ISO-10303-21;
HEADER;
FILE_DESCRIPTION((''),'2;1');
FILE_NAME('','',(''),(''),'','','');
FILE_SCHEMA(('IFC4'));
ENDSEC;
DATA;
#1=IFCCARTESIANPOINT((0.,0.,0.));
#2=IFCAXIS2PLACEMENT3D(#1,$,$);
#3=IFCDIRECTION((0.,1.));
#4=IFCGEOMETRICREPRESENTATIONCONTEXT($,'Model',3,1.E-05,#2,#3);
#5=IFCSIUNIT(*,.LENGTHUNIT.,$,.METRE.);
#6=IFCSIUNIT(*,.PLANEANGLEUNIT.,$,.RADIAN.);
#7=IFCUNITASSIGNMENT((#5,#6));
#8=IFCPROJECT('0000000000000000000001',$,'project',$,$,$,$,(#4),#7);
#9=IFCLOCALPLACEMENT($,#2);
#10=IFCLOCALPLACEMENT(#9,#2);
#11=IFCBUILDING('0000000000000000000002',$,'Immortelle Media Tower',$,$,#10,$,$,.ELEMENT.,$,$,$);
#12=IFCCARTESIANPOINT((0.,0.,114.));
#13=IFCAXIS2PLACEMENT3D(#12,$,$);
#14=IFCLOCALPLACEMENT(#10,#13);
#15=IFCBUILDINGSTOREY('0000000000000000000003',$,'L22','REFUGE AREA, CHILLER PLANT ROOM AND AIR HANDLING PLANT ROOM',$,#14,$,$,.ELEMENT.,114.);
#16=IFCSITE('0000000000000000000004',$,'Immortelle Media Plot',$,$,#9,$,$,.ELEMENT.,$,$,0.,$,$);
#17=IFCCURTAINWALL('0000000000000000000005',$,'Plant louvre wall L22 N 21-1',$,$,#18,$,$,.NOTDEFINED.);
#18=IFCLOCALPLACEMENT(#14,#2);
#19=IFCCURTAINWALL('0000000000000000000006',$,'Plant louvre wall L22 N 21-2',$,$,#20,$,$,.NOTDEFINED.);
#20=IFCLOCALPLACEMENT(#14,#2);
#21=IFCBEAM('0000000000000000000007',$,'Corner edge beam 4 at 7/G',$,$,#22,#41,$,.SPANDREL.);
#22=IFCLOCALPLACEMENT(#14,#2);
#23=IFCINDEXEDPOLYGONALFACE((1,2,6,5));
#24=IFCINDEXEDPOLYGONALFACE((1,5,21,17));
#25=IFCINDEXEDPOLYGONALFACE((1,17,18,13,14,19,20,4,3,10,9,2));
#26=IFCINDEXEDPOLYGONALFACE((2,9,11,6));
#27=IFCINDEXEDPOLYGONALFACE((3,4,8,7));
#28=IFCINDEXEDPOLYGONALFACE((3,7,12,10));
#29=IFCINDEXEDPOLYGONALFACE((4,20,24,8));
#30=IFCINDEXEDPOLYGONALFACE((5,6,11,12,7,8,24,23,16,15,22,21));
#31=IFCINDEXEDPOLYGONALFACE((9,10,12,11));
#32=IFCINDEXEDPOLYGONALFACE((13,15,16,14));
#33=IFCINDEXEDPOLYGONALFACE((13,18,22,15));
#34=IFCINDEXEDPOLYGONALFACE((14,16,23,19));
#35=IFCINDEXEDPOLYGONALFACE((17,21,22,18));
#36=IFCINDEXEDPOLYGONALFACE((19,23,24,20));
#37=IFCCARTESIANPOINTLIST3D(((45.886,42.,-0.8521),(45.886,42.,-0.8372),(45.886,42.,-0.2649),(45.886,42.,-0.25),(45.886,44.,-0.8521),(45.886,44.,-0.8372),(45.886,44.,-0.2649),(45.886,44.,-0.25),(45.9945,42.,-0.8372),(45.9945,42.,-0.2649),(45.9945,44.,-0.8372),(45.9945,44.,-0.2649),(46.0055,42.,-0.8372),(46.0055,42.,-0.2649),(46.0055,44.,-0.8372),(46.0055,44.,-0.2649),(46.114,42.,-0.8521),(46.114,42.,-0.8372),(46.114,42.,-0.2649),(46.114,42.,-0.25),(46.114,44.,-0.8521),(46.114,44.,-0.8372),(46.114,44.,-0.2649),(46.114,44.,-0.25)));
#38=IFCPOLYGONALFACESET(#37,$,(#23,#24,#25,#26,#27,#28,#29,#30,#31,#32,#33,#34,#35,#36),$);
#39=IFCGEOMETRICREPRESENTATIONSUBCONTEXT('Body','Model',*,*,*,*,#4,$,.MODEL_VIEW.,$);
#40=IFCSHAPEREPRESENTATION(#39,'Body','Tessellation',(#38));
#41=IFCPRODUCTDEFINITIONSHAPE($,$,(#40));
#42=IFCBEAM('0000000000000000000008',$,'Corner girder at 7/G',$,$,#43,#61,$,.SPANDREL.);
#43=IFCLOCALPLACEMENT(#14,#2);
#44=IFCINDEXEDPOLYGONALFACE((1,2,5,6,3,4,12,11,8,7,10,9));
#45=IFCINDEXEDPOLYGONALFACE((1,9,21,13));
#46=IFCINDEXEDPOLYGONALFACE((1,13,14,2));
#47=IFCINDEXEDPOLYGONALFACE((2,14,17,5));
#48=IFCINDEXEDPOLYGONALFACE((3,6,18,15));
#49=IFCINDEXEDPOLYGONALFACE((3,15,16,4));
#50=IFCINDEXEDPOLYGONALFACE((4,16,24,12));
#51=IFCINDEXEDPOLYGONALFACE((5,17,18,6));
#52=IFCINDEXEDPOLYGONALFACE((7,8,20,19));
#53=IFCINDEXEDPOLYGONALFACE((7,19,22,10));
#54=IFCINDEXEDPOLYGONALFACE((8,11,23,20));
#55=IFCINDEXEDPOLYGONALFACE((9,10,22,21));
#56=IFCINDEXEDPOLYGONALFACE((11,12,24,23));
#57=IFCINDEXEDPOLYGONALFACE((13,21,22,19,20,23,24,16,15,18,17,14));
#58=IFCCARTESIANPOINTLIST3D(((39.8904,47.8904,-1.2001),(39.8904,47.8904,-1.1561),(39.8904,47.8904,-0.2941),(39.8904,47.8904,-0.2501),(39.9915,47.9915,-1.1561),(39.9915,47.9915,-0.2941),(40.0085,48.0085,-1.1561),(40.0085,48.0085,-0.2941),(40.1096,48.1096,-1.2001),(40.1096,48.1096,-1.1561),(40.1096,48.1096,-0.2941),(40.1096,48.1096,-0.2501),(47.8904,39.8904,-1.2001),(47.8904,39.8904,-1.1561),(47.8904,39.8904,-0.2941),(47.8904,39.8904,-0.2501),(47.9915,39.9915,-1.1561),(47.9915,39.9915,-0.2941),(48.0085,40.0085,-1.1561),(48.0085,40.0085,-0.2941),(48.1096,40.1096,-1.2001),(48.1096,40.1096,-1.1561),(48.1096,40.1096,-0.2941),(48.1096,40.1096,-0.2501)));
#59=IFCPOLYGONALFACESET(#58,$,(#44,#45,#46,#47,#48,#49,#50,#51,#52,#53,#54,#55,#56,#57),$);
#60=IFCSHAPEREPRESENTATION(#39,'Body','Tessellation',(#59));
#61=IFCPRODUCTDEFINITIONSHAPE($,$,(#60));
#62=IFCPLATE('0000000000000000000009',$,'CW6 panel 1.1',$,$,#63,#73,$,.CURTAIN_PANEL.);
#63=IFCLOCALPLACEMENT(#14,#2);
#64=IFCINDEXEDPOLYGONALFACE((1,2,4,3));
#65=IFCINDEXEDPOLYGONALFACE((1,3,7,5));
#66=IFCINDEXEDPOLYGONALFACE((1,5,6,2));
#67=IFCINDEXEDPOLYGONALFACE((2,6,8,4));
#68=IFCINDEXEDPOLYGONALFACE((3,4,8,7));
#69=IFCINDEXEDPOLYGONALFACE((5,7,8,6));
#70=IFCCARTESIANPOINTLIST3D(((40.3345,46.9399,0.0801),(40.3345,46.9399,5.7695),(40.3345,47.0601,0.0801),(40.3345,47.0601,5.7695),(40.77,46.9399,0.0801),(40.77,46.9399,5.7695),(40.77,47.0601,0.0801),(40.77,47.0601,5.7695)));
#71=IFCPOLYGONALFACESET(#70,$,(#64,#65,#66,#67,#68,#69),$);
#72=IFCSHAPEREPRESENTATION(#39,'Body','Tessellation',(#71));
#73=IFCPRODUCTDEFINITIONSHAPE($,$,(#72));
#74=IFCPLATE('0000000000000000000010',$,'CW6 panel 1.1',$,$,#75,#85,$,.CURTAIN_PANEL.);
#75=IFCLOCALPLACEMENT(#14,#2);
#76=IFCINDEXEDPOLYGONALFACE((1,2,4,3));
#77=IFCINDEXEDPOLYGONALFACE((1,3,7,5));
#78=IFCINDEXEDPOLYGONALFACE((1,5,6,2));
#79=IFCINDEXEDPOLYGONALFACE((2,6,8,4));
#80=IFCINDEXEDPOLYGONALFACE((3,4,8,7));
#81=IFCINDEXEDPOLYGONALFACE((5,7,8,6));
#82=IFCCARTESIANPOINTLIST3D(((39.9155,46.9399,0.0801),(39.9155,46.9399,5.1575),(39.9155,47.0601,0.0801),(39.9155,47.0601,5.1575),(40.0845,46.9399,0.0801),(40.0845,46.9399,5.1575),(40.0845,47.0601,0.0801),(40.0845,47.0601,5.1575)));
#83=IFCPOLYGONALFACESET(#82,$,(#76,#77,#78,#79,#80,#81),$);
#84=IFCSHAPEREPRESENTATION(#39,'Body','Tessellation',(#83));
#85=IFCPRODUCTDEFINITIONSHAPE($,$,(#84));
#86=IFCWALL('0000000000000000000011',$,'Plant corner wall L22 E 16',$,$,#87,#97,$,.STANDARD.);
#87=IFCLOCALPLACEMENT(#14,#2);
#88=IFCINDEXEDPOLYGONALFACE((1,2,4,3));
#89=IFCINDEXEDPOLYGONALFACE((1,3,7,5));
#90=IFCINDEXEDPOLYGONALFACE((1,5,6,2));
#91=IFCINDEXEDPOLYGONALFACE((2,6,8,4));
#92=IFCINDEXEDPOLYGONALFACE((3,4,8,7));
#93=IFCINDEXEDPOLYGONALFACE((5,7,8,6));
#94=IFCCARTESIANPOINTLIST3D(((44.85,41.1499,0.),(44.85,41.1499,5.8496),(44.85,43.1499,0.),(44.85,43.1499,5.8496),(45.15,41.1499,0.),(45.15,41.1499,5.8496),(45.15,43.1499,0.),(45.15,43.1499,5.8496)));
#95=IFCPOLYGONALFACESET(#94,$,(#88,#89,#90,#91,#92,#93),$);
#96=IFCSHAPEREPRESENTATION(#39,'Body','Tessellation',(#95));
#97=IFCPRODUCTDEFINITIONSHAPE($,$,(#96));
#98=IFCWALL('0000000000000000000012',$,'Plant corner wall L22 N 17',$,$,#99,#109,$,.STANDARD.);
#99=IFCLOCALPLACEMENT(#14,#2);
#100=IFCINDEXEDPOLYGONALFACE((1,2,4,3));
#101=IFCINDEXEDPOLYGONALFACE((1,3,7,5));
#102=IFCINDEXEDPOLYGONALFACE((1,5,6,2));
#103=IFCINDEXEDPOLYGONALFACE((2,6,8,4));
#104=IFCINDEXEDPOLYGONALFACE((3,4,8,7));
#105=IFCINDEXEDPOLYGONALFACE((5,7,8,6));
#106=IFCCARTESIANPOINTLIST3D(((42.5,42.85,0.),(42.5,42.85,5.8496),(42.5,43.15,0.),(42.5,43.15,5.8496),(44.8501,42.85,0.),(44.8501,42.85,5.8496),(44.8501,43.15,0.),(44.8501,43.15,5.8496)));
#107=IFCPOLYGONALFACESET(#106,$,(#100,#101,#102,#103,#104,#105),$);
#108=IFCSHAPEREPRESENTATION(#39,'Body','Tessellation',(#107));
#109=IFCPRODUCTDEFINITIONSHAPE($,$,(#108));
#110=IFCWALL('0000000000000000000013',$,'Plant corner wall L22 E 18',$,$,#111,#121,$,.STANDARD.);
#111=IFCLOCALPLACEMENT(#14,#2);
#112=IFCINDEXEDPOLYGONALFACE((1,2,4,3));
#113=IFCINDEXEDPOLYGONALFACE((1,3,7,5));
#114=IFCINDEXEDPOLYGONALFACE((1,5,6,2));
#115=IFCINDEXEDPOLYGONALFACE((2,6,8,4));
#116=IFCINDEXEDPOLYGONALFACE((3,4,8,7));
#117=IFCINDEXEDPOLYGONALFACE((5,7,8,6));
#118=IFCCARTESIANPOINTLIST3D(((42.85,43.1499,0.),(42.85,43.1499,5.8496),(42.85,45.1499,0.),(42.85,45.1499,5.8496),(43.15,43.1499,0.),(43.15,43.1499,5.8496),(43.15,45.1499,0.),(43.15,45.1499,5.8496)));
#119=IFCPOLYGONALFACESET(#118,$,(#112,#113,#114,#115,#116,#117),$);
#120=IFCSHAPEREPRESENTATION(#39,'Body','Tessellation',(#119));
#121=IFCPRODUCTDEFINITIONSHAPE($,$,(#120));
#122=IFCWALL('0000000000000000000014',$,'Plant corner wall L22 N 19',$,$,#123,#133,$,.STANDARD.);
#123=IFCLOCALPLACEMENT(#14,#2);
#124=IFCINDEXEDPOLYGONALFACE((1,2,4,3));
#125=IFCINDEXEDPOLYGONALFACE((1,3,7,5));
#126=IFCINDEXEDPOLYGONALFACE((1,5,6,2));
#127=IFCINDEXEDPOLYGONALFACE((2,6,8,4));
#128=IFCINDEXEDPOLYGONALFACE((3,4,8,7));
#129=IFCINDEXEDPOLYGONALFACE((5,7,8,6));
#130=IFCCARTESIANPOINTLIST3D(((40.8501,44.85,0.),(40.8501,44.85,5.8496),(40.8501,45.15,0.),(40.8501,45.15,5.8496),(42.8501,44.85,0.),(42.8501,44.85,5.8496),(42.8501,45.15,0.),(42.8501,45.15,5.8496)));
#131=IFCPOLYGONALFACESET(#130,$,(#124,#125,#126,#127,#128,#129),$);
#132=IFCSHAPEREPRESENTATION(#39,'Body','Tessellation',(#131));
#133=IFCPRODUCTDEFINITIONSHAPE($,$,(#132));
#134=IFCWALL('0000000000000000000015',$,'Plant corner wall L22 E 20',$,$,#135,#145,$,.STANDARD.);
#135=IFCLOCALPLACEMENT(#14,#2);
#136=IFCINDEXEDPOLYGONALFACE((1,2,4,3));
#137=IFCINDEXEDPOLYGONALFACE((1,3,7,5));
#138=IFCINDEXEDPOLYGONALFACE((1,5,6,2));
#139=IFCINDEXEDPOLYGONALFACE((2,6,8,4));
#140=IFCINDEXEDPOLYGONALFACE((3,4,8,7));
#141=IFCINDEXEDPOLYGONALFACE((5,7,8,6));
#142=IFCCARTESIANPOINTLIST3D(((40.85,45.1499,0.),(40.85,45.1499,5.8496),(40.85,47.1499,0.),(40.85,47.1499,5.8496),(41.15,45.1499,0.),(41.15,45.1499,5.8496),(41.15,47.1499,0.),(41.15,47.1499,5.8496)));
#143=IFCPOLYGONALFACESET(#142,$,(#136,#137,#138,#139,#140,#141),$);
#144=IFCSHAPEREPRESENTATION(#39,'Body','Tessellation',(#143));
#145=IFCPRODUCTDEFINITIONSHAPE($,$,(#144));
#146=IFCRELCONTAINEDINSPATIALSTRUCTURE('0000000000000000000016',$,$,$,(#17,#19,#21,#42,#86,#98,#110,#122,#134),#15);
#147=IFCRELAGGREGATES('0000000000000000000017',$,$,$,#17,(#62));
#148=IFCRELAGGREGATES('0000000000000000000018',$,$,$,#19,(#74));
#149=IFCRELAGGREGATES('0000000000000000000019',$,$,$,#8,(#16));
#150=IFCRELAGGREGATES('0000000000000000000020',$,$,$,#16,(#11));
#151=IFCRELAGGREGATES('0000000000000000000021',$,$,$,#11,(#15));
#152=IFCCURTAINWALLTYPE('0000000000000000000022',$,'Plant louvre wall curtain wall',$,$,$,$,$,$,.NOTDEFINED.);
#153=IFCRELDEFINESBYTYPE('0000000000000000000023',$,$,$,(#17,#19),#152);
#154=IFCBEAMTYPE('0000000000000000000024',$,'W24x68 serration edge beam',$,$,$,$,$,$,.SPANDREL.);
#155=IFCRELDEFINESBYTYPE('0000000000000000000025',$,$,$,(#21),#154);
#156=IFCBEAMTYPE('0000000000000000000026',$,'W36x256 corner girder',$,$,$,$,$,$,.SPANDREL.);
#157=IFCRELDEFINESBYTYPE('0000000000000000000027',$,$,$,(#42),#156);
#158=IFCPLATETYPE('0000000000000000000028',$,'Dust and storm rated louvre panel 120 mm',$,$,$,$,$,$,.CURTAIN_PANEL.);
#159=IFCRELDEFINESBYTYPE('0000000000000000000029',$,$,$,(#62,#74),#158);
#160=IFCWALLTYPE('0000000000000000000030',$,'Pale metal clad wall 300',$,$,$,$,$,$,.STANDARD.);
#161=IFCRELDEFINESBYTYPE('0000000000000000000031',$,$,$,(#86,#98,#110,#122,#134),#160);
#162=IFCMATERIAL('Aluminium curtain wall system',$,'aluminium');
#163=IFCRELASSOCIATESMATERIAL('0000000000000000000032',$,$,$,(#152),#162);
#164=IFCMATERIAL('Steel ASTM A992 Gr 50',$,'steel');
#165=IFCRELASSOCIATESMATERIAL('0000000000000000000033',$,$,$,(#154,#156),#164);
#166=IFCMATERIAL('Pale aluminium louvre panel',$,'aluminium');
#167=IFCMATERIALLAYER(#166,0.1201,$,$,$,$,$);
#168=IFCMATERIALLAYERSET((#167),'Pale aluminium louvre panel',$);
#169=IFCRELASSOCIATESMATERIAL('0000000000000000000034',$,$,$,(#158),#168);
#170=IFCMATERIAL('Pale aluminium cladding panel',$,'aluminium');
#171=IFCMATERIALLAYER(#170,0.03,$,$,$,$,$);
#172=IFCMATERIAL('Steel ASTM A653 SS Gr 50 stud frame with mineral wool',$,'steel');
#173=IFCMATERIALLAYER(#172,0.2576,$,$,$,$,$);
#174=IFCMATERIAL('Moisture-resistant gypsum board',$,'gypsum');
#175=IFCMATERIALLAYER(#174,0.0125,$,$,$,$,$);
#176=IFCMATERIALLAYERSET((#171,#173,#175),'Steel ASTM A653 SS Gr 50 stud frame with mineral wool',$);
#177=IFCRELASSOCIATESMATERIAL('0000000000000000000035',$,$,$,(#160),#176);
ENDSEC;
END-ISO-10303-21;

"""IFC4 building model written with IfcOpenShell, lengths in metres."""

from ifc_helpers import new_model, si_unit, direction, frame, frame_2d, origin, origin_2d, place, context, subcontext, project, spatial, rectangle, i_section, extrude, material, layer, layer_set, material_profile, profile_set, type_object, element, aggregate, save


model = new_model("IFC4")

# Units and contexts
model_context = context("Model", 3, precision=1e-05, world=origin(), true_north=direction((0.0, 1.0)))
body_context = subcontext(model_context, "Body", "Model", "MODEL_VIEW")
ifc_project = project(units=[si_unit("LENGTHUNIT", "METRE"), si_unit("PLANEANGLEUNIT", "RADIAN")], contexts=[model_context])

# Site, building, storey
site_placement = place(None, origin())
site = spatial("IfcSite", under=ifc_project, at=site_placement, Name="Immortelle Media Plot", CompositionType="ELEMENT", RefElevation=0.0)
building_placement = place(site_placement, origin())
building = spatial("IfcBuilding", under=site, at=building_placement, Name="Immortelle Media Tower", CompositionType="ELEMENT")
storey_placement = place(building_placement, frame((0.0, 0.0, 114.0)))
storey = spatial("IfcBuildingStorey", under=building, at=storey_placement, Name="L22", Description="REFUGE AREA, CHILLER PLANT ROOM AND AIR HANDLING PLANT ROOM", CompositionType="ELEMENT", Elevation=114.0)

# Shared definitions
ifc_material_1 = material(Name="Steel ASTM A992 Gr 50", Category="steel")

# Curtain walls
ifc_material_2 = material(Name="Aluminium curtain wall system", Category="aluminium")
curtain_wall_type = type_object("IfcCurtainWallType", Name="Plant louvre wall curtain wall", PredefinedType="NOTDEFINED", material=ifc_material_2)
curtain_wall_1_placement = place(storey_placement, origin())
curtain_wall_1 = element("IfcCurtainWall", 1, at=curtain_wall_1_placement, inside=storey, type_object=curtain_wall_type, Name="Plant louvre wall L22 N 21-1", PredefinedType="NOTDEFINED")
curtain_wall_2_placement = place(storey_placement, origin())
curtain_wall_2 = element("IfcCurtainWall", 2, at=curtain_wall_2_placement, inside=storey, type_object=curtain_wall_type, Name="Plant louvre wall L22 N 21-2", PredefinedType="NOTDEFINED")

# Beams
ifc_material_profile_1 = material_profile(ifc_material_1, i_section(OverallWidth=0.228, OverallDepth=0.6021, WebThickness=0.011, FlangeThickness=0.0149, at=origin_2d()), Name="W24x68")
ifc_profile_set_1 = profile_set([ifc_material_profile_1], Name="Steel ASTM A992 Gr 50")
beam_type_1 = type_object("IfcBeamType", Name="W24x68 serration edge beam", PredefinedType="SPANDREL", material=ifc_profile_set_1)
for number, where, z_axis, x_axis, name in (
    (3, (46.0, 44.0, -0.551), (0.0, -1.0, 0.0), (1.0, 0.0, 0.0), "Corner edge beam 4 at 7/G"),
):
    element("IfcBeam", number, at=place(storey_placement, frame(where, z_axis=z_axis, x_axis=x_axis)), inside=storey, type_object=beam_type_1, Name=name, PredefinedType="SPANDREL", context=body_context, shape_type="SweptSolid", body=[
        extrude(i_section(OverallWidth=0.228, OverallDepth=0.6021, WebThickness=0.011, FlangeThickness=0.0149, at=origin_2d()), origin(), (0.0, 0.0, 1.0), 2.0),
    ])
ifc_material_profile_2 = material_profile(ifc_material_1, i_section(OverallWidth=0.3101, OverallDepth=0.95, WebThickness=0.0239, FlangeThickness=0.0439, at=origin_2d()), Name="W36x256")
ifc_profile_set_2 = profile_set([ifc_material_profile_2], Name="Steel ASTM A992 Gr 50")
beam_type_2 = type_object("IfcBeamType", Name="W36x256 corner girder", PredefinedType="SPANDREL", material=ifc_profile_set_2)
beam_placement = place(storey_placement, frame((40.0, 48.0, -0.7251), z_axis=(0.707107, -0.707107, 0.0), x_axis=(0.707107, 0.707107, 0.0)))
element("IfcBeam", 4, at=beam_placement, inside=storey, type_object=beam_type_2, Name="Corner girder at 7/G", PredefinedType="SPANDREL", context=body_context, shape_type="SweptSolid", body=[
    extrude(i_section(OverallWidth=0.3101, OverallDepth=0.95, WebThickness=0.0239, FlangeThickness=0.0439, at=origin_2d()), origin(), (0.0, 0.0, 1.0), 11.3137),
])

# Plates
ifc_material_3 = material(Name="Pale aluminium louvre panel", Category="aluminium")
ifc_layer_1 = layer(ifc_material_3, 0.1201)
ifc_layer_set_1 = layer_set([ifc_layer_1], Name="Pale aluminium louvre panel")
plate_type = type_object("IfcPlateType", Name="Dust and storm rated louvre panel 120 mm", PredefinedType="CURTAIN_PANEL", material=ifc_layer_set_1)
plate_1_placement = place(storey_placement, frame((40.5522, 47.0, 0.0801), z_axis=(0.0, 0.0, 1.0), x_axis=(-1.0, 0.0, 0.0)))
plate_1 = element("IfcPlate", 5, at=plate_1_placement, type_object=plate_type, Name="CW6 panel 1.1", PredefinedType="CURTAIN_PANEL", context=body_context, shape_type="SweptSolid", body=[
    extrude(rectangle(XDim=0.4355, YDim=0.1201, at=origin_2d()), origin(), (0.0, 0.0, 1.0), 5.6895),
])
aggregate(curtain_wall_1, [plate_1])
plate_2_placement = place(storey_placement, frame((40.0, 47.0, 0.0801), z_axis=(0.0, 0.0, 1.0), x_axis=(-1.0, 0.0, 0.0)))
plate_2 = element("IfcPlate", 6, at=plate_2_placement, type_object=plate_type, Name="CW6 panel 1.1", PredefinedType="CURTAIN_PANEL", context=body_context, shape_type="SweptSolid", body=[
    extrude(rectangle(XDim=0.1689, YDim=0.1201, at=origin_2d()), origin(), (0.0, 0.0, 1.0), 5.0774),
])
aggregate(curtain_wall_2, [plate_2])

# Walls
ifc_material_4 = material(Name="Pale aluminium cladding panel", Category="aluminium")
ifc_layer_2 = layer(ifc_material_4, 0.03)
ifc_material_5 = material(Name="Steel ASTM A653 SS Gr 50 stud frame with mineral wool", Category="steel")
ifc_layer_3 = layer(ifc_material_5, 0.2576)
ifc_material_6 = material(Name="Moisture-resistant gypsum board", Category="gypsum")
ifc_layer_4 = layer(ifc_material_6, 0.0125)
ifc_layer_set_2 = layer_set([ifc_layer_2, ifc_layer_3, ifc_layer_4], Name="Steel ASTM A653 SS Gr 50 stud frame with mineral wool")
wall_type = type_object("IfcWallType", Name="Pale metal clad wall 300", PredefinedType="STANDARD", material=ifc_layer_set_2)
wall_1_placement = place(storey_placement, frame((45.0, 41.1499, 0.0), z_axis=(0.0, 0.0, 1.0), x_axis=(0.0, 1.0, 0.0)))
element("IfcWall", 7, at=wall_1_placement, inside=storey, type_object=wall_type, Name="Plant corner wall L22 E 16", PredefinedType="STANDARD", context=body_context, shape_type="SweptSolid", body=[
    extrude(rectangle(XDim=2.0, YDim=0.3, at=frame_2d((1.0, 0.0))), origin(), (0.0, 0.0, 1.0), 5.8496),
])
wall_2_placement = place(storey_placement, frame((44.8501, 43.0, 0.0), z_axis=(0.0, 0.0, 1.0), x_axis=(-1.0, 0.0, 0.0)))
element("IfcWall", 8, at=wall_2_placement, inside=storey, type_object=wall_type, Name="Plant corner wall L22 N 17", PredefinedType="STANDARD", context=body_context, shape_type="SweptSolid", body=[
    extrude(rectangle(XDim=2.3501, YDim=0.3, at=frame_2d((1.175, 0.0))), origin(), (0.0, 0.0, 1.0), 5.8496),
])
for number, where, z_axis, x_axis, name in (
    (9, (43.0, 43.1499, 0.0), (0.0, 0.0, 1.0), (0.0, 1.0, 0.0), "Plant corner wall L22 E 18"),
    (10, (42.8501, 45.0, 0.0), (0.0, 0.0, 1.0), (-1.0, 0.0, 0.0), "Plant corner wall L22 N 19"),
    (11, (41.0, 45.1499, 0.0), (0.0, 0.0, 1.0), (0.0, 1.0, 0.0), "Plant corner wall L22 E 20"),
):
    element("IfcWall", number, at=place(storey_placement, frame(where, z_axis=z_axis, x_axis=x_axis)), inside=storey, type_object=wall_type, Name=name, PredefinedType="STANDARD", context=body_context, shape_type="SweptSolid", body=[
        extrude(rectangle(XDim=2.0, YDim=0.3, at=frame_2d((1.0, 0.0))), origin(), (0.0, 0.0, 1.0), 5.8496),
    ])

save(model, "model.ifc")
